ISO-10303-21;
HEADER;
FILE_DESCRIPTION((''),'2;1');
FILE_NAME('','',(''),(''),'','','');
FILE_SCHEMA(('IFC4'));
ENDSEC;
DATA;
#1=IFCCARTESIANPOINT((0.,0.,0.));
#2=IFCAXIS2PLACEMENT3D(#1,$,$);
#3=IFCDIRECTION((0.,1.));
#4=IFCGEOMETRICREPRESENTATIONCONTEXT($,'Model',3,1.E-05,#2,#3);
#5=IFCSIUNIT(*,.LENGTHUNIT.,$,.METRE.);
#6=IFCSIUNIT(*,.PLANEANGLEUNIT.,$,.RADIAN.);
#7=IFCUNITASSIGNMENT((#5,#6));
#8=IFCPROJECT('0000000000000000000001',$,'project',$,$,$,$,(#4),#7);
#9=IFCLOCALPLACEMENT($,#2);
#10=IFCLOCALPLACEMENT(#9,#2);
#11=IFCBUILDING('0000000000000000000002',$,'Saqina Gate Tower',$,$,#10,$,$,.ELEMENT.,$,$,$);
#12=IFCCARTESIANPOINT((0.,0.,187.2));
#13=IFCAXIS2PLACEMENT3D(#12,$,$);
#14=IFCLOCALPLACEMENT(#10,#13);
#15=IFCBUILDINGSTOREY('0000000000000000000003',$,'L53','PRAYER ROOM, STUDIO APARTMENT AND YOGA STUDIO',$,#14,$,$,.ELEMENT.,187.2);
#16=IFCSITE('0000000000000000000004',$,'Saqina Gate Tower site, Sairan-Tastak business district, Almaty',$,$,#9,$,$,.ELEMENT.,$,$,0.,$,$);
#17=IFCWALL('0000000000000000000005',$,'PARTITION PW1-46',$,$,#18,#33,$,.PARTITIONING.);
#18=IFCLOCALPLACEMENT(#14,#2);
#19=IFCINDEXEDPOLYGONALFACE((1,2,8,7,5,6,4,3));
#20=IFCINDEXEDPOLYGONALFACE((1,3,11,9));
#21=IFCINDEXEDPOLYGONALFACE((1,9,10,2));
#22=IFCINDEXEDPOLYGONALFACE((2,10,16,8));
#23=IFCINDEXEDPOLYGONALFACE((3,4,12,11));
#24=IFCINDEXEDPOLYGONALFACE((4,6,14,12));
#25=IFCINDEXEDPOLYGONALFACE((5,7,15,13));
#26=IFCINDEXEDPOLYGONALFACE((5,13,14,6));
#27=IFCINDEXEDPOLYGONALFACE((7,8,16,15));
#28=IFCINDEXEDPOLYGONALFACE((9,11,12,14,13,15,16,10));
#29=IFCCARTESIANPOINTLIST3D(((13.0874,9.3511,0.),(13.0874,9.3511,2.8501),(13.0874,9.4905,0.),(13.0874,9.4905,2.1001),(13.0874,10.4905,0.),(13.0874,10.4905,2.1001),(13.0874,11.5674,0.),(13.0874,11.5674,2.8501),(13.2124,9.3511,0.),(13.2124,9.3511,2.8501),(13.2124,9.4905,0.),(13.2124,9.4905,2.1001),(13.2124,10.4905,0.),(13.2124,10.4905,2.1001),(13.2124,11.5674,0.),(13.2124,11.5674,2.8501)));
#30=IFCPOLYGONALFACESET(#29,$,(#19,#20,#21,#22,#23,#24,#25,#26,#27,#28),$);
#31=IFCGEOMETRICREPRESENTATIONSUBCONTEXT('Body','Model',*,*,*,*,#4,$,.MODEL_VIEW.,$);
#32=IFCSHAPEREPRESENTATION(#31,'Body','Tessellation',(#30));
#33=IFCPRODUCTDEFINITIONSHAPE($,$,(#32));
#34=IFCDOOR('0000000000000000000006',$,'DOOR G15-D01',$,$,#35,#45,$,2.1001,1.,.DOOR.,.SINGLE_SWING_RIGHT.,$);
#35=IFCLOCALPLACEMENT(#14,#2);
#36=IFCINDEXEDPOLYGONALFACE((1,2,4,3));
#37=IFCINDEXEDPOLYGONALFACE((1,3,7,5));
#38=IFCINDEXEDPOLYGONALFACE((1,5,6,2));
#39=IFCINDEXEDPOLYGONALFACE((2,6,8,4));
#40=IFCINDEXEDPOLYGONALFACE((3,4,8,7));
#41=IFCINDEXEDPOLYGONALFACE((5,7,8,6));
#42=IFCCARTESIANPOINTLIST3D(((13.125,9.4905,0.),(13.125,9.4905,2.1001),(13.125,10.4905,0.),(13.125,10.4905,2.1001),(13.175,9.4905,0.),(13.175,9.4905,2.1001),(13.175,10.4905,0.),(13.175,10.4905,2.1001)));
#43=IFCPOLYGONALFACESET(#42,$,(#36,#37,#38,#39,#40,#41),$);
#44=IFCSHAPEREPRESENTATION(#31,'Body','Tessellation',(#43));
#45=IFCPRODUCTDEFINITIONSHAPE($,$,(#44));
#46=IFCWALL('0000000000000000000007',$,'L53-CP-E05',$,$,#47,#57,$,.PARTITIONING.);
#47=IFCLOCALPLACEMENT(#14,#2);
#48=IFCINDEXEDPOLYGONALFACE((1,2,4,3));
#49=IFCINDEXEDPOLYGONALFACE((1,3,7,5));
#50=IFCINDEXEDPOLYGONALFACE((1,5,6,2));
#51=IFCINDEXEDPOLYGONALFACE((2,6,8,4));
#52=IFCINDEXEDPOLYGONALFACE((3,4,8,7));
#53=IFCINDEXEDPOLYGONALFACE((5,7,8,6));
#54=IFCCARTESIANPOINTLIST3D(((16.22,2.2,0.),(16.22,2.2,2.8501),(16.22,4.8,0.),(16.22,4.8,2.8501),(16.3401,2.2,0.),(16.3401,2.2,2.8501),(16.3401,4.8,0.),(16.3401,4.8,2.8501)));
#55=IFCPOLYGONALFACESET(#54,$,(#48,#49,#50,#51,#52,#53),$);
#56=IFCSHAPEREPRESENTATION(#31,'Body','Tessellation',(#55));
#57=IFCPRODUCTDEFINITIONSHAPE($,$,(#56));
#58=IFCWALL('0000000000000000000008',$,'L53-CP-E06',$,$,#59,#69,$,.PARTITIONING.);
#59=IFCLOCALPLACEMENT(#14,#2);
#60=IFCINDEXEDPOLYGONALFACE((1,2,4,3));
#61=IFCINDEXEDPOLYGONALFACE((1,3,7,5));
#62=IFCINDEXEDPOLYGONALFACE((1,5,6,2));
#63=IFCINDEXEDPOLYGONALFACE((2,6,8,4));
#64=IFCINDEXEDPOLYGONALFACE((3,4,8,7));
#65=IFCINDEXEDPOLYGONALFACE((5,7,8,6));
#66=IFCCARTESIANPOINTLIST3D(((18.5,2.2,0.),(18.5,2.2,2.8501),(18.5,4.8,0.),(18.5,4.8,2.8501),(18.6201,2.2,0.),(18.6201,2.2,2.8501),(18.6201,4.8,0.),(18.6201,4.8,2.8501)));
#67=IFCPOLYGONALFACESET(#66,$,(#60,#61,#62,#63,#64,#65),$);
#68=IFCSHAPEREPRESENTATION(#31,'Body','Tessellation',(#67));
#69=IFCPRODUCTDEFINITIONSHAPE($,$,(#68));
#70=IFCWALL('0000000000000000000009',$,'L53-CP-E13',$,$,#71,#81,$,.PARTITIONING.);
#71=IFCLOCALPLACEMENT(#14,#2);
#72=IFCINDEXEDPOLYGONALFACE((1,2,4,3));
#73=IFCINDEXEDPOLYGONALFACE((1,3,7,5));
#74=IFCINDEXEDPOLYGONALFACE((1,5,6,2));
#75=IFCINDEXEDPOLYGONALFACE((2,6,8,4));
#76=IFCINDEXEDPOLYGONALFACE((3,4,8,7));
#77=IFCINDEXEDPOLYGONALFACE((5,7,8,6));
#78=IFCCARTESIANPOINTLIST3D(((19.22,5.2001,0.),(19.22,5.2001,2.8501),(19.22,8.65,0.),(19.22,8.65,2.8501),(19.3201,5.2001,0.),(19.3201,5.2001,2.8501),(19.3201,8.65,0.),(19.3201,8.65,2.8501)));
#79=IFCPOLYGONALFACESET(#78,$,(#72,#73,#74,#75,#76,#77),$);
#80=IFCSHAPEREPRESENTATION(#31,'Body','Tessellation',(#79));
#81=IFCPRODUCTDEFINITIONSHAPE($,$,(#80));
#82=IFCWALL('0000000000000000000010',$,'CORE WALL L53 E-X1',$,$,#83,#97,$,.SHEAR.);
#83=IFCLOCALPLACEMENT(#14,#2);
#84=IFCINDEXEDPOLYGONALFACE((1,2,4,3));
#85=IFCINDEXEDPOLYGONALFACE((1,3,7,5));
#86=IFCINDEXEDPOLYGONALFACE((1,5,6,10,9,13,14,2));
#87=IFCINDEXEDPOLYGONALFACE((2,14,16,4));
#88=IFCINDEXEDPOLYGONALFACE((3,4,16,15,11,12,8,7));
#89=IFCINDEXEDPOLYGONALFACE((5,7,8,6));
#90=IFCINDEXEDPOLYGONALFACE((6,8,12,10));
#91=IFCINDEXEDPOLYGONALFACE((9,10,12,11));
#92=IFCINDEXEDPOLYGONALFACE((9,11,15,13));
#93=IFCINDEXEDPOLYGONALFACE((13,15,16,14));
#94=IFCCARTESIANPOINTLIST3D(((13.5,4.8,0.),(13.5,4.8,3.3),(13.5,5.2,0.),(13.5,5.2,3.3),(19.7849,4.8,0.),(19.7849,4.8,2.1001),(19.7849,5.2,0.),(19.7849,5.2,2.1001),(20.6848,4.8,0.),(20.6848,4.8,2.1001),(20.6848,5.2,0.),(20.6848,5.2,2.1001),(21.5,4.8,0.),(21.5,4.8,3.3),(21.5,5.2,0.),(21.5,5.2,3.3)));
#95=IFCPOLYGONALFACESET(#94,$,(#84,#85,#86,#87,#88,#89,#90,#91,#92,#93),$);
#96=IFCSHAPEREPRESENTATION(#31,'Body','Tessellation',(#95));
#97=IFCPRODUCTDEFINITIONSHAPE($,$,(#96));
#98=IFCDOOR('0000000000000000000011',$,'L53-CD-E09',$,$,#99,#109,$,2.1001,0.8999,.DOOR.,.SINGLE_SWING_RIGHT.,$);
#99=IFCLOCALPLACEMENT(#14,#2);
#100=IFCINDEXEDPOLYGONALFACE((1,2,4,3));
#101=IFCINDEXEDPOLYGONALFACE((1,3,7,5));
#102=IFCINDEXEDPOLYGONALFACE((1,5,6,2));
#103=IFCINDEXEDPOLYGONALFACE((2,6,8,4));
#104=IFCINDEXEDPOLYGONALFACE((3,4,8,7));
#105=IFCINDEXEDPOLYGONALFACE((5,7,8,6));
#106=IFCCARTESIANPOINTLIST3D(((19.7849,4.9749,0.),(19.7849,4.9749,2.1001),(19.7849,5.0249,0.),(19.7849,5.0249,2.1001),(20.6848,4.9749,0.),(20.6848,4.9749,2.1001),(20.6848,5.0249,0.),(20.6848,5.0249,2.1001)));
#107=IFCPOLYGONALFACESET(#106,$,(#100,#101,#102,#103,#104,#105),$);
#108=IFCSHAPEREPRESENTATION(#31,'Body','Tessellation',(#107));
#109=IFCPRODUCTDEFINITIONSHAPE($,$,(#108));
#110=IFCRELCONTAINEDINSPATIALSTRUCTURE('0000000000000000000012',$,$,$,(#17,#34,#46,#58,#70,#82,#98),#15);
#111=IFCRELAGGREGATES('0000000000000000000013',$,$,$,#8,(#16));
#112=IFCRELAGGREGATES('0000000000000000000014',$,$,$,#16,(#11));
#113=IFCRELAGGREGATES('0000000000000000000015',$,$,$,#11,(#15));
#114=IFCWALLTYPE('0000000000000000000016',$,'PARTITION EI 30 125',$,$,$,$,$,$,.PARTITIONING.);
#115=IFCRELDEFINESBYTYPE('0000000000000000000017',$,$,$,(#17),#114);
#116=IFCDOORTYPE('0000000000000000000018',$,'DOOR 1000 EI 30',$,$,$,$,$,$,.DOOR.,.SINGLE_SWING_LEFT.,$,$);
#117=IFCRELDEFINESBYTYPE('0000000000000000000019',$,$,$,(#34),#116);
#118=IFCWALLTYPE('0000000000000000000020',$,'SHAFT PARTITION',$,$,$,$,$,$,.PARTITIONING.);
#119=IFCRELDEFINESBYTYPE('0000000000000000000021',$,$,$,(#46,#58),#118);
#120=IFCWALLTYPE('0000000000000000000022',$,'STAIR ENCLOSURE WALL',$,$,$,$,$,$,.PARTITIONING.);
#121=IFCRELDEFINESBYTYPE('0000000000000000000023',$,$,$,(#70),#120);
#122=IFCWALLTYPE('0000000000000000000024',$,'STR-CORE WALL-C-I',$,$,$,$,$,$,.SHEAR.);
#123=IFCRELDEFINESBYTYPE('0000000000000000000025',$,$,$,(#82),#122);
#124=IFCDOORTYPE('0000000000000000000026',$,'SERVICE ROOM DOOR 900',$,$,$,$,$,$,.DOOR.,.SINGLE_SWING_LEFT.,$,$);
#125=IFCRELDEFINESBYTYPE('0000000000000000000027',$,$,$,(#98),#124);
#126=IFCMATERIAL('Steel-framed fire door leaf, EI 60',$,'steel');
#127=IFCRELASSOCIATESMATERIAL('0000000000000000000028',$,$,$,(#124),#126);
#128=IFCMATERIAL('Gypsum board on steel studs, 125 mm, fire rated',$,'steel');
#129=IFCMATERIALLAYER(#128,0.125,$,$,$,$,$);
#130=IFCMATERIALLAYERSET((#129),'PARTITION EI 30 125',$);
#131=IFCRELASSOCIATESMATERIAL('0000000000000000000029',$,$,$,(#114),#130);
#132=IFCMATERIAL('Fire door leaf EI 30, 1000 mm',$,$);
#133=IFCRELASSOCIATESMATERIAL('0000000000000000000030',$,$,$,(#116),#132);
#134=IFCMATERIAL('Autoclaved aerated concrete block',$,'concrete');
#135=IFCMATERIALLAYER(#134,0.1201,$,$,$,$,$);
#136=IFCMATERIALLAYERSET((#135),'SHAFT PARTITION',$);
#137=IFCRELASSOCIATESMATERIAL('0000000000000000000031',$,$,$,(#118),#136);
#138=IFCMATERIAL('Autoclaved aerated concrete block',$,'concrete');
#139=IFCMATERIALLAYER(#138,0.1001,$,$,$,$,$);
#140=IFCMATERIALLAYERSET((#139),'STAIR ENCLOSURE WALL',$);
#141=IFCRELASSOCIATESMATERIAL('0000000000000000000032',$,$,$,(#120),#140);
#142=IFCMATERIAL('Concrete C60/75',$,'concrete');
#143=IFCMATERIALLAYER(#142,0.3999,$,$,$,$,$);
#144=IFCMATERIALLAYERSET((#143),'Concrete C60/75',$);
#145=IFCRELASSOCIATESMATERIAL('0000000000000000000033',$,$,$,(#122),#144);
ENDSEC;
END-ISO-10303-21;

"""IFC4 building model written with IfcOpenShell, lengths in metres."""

from ifc_helpers import new_model, si_unit, direction, frame, frame_2d, origin, place, context, subcontext, project, spatial, rectangle, extrude, material, layer, layer_set, type_object, element, fill, save


model = new_model("IFC4")

# Units and contexts
model_context = context("Model", 3, precision=1e-05, world=origin(), true_north=direction((0.0, 1.0)))
body_context = subcontext(model_context, "Body", "Model", "MODEL_VIEW")
ifc_project = project(units=[si_unit("LENGTHUNIT", "METRE"), si_unit("PLANEANGLEUNIT", "RADIAN")], contexts=[model_context])

# Site, building, storey
site_placement = place(None, origin())
site = spatial("IfcSite", under=ifc_project, at=site_placement, Name="Saqina Gate Tower site, Sairan-Tastak business district, Almaty", CompositionType="ELEMENT", RefElevation=0.0)
building_placement = place(site_placement, origin())
building = spatial("IfcBuilding", under=site, at=building_placement, Name="Saqina Gate Tower", CompositionType="ELEMENT")
storey_placement = place(building_placement, frame((0.0, 0.0, 187.2)))
storey = spatial("IfcBuildingStorey", under=building, at=storey_placement, Name="L53", Description="PRAYER ROOM, STUDIO APARTMENT AND YOGA STUDIO", CompositionType="ELEMENT", Elevation=187.2)

# Shared definitions
ifc_material_1 = material(Name="Steel-framed fire door leaf, EI 60", Category="steel")
door_type_1 = type_object("IfcDoorType", Name="SERVICE ROOM DOOR 900", OperationType="SINGLE_SWING_LEFT", PredefinedType="DOOR", material=ifc_material_1)

# Shared definitions
ifc_material_2 = material(Name="Gypsum board on steel studs, 125 mm, fire rated", Category="steel")
ifc_layer_1 = layer(ifc_material_2, 0.125)
ifc_layer_set_1 = layer_set([ifc_layer_1], Name="PARTITION EI 30 125")
wall_type_1 = type_object("IfcWallType", Name="PARTITION EI 30 125", PredefinedType="PARTITIONING", material=ifc_layer_set_1)

# Wall, opening, door
wall_1_placement = place(storey_placement, frame((13.1499, 9.3511, 0.0), z_axis=(0.0, 0.0, 1.0), x_axis=(0.0, 1.0, 0.0)))
wall_1 = element("IfcWall", 1, at=wall_1_placement, inside=storey, type_object=wall_type_1, Name="PARTITION PW1-46", PredefinedType="PARTITIONING", context=body_context, shape_type="SweptSolid", body=[
    extrude(rectangle(XDim=2.2163, YDim=0.125, at=frame_2d((1.1082, 0.0))), origin(), (0.0, 0.0, 1.0), 2.8501),
])
opening_1_placement = place(wall_1_placement, frame((0.1394, 0.0, 0.0)))
opening_1 = element("IfcOpeningElement", 2, at=opening_1_placement, cuts=wall_1, PredefinedType="OPENING", context=body_context, shape_type="SweptSolid", body=[
    extrude(rectangle(XDim=1.0, YDim=2.1001, at=frame_2d((0.5, 1.05))), frame((0.0, 0.0745, 0.0), z_axis=(0.0, -1.0, 0.0), x_axis=(1.0, 0.0, 0.0)), (0.0, 0.0, 1.0), 0.1489),
])
ifc_material_3 = material(Name="Fire door leaf EI 30, 1000 mm")
door_type_2 = type_object("IfcDoorType", Name="DOOR 1000 EI 30", OperationType="SINGLE_SWING_LEFT", PredefinedType="DOOR", material=ifc_material_3)
door_1_placement = place(opening_1_placement, origin())
door_1 = element("IfcDoor", 3, at=door_1_placement, inside=storey, type_object=door_type_2, Name="DOOR G15-D01", OperationType="SINGLE_SWING_RIGHT", OverallHeight=2.1001, OverallWidth=1.0, PredefinedType="DOOR", context=body_context, shape_type="SweptSolid", body=[
    extrude(rectangle(XDim=1.0, YDim=2.1001, at=frame_2d((0.5, 1.05))), frame((0.0, 0.0249, 0.0), z_axis=(0.0, -1.0, 0.0), x_axis=(1.0, 0.0, 0.0)), (0.0, 0.0, 1.0), 0.05),
])
fill(opening_1, door_1)

# Walls
ifc_material_4 = material(Name="Autoclaved aerated concrete block", Category="concrete")
ifc_layer_2 = layer(ifc_material_4, 0.1201)
ifc_layer_set_2 = layer_set([ifc_layer_2], Name="SHAFT PARTITION")
wall_type_2 = type_object("IfcWallType", Name="SHAFT PARTITION", PredefinedType="PARTITIONING", material=ifc_layer_set_2)
for number, where, z_axis, x_axis, name in (
    (4, (16.28, 2.2, 0.0), (0.0, 0.0, 1.0), (0.0, 1.0, 0.0), "L53-CP-E05"),
    (5, (18.5601, 2.2, 0.0), (0.0, 0.0, 1.0), (0.0, 1.0, 0.0), "L53-CP-E06"),
):
    element("IfcWall", number, at=place(storey_placement, frame(where, z_axis=z_axis, x_axis=x_axis)), inside=storey, type_object=wall_type_2, Name=name, PredefinedType="PARTITIONING", context=body_context, shape_type="SweptSolid", body=[
        extrude(rectangle(XDim=2.6001, YDim=0.1201, at=frame_2d((1.3, 0.0))), origin(), (0.0, 0.0, 1.0), 2.8501),
    ])
ifc_material_5 = material(Name="Autoclaved aerated concrete block", Category="concrete")
ifc_layer_3 = layer(ifc_material_5, 0.1001)
ifc_layer_set_3 = layer_set([ifc_layer_3], Name="STAIR ENCLOSURE WALL")
wall_type_3 = type_object("IfcWallType", Name="STAIR ENCLOSURE WALL", PredefinedType="PARTITIONING", material=ifc_layer_set_3)
wall_2_placement = place(storey_placement, frame((19.27, 5.2, 0.0), z_axis=(0.0, 0.0, 1.0), x_axis=(0.0, 1.0, 0.0)))
element("IfcWall", 6, at=wall_2_placement, inside=storey, type_object=wall_type_3, Name="L53-CP-E13", PredefinedType="PARTITIONING", context=body_context, shape_type="SweptSolid", body=[
    extrude(rectangle(XDim=3.45, YDim=0.1001, at=frame_2d((1.7251, 0.0))), origin(), (0.0, 0.0, 1.0), 2.8501),
])

# Wall, opening, door
ifc_material_6 = material(Name="Concrete C60/75", Category="concrete")
ifc_layer_4 = layer(ifc_material_6, 0.3999)
ifc_layer_set_4 = layer_set([ifc_layer_4], Name="Concrete C60/75")
wall_type_4 = type_object("IfcWallType", Name="STR-CORE WALL-C-I", PredefinedType="SHEAR", material=ifc_layer_set_4)
wall_3_placement = place(storey_placement, frame((13.5, 5.0, 0.0), z_axis=(0.0, 0.0, 1.0), x_axis=(1.0, 0.0, 0.0)))
wall_3 = element("IfcWall", 7, at=wall_3_placement, inside=storey, type_object=wall_type_4, Name="CORE WALL L53 E-X1", PredefinedType="SHEAR", context=body_context, shape_type="SweptSolid", body=[
    extrude(rectangle(XDim=8.0, YDim=0.3999, at=frame_2d((4.0, 0.0))), origin(), (0.0, 0.0, 1.0), 3.3),
])
opening_2_placement = place(wall_3_placement, frame((6.2849, 0.0, 0.0)))
opening_2 = element("IfcOpeningElement", 8, at=opening_2_placement, cuts=wall_3, PredefinedType="OPENING", context=body_context, shape_type="SweptSolid", body=[
    extrude(rectangle(XDim=0.8999, YDim=2.1001, at=frame_2d((0.45, 1.05))), frame((0.0, 0.2119, 0.0), z_axis=(0.0, -1.0, 0.0), x_axis=(1.0, 0.0, 0.0)), (0.0, 0.0, 1.0), 0.4238),
])
door_2_placement = place(opening_2_placement, origin())
door_2 = element("IfcDoor", 9, at=door_2_placement, inside=storey, type_object=door_type_1, Name="L53-CD-E09", OperationType="SINGLE_SWING_RIGHT", OverallHeight=2.1001, OverallWidth=0.8999, PredefinedType="DOOR", context=body_context, shape_type="SweptSolid", body=[
    extrude(rectangle(XDim=0.8999, YDim=2.1001, at=frame_2d((0.45, 1.05))), frame((0.0, 0.0249, 0.0), z_axis=(0.0, -1.0, 0.0), x_axis=(1.0, 0.0, 0.0)), (0.0, 0.0, 1.0), 0.05),
])
fill(opening_2, door_2)

save(model, "model.ifc")
